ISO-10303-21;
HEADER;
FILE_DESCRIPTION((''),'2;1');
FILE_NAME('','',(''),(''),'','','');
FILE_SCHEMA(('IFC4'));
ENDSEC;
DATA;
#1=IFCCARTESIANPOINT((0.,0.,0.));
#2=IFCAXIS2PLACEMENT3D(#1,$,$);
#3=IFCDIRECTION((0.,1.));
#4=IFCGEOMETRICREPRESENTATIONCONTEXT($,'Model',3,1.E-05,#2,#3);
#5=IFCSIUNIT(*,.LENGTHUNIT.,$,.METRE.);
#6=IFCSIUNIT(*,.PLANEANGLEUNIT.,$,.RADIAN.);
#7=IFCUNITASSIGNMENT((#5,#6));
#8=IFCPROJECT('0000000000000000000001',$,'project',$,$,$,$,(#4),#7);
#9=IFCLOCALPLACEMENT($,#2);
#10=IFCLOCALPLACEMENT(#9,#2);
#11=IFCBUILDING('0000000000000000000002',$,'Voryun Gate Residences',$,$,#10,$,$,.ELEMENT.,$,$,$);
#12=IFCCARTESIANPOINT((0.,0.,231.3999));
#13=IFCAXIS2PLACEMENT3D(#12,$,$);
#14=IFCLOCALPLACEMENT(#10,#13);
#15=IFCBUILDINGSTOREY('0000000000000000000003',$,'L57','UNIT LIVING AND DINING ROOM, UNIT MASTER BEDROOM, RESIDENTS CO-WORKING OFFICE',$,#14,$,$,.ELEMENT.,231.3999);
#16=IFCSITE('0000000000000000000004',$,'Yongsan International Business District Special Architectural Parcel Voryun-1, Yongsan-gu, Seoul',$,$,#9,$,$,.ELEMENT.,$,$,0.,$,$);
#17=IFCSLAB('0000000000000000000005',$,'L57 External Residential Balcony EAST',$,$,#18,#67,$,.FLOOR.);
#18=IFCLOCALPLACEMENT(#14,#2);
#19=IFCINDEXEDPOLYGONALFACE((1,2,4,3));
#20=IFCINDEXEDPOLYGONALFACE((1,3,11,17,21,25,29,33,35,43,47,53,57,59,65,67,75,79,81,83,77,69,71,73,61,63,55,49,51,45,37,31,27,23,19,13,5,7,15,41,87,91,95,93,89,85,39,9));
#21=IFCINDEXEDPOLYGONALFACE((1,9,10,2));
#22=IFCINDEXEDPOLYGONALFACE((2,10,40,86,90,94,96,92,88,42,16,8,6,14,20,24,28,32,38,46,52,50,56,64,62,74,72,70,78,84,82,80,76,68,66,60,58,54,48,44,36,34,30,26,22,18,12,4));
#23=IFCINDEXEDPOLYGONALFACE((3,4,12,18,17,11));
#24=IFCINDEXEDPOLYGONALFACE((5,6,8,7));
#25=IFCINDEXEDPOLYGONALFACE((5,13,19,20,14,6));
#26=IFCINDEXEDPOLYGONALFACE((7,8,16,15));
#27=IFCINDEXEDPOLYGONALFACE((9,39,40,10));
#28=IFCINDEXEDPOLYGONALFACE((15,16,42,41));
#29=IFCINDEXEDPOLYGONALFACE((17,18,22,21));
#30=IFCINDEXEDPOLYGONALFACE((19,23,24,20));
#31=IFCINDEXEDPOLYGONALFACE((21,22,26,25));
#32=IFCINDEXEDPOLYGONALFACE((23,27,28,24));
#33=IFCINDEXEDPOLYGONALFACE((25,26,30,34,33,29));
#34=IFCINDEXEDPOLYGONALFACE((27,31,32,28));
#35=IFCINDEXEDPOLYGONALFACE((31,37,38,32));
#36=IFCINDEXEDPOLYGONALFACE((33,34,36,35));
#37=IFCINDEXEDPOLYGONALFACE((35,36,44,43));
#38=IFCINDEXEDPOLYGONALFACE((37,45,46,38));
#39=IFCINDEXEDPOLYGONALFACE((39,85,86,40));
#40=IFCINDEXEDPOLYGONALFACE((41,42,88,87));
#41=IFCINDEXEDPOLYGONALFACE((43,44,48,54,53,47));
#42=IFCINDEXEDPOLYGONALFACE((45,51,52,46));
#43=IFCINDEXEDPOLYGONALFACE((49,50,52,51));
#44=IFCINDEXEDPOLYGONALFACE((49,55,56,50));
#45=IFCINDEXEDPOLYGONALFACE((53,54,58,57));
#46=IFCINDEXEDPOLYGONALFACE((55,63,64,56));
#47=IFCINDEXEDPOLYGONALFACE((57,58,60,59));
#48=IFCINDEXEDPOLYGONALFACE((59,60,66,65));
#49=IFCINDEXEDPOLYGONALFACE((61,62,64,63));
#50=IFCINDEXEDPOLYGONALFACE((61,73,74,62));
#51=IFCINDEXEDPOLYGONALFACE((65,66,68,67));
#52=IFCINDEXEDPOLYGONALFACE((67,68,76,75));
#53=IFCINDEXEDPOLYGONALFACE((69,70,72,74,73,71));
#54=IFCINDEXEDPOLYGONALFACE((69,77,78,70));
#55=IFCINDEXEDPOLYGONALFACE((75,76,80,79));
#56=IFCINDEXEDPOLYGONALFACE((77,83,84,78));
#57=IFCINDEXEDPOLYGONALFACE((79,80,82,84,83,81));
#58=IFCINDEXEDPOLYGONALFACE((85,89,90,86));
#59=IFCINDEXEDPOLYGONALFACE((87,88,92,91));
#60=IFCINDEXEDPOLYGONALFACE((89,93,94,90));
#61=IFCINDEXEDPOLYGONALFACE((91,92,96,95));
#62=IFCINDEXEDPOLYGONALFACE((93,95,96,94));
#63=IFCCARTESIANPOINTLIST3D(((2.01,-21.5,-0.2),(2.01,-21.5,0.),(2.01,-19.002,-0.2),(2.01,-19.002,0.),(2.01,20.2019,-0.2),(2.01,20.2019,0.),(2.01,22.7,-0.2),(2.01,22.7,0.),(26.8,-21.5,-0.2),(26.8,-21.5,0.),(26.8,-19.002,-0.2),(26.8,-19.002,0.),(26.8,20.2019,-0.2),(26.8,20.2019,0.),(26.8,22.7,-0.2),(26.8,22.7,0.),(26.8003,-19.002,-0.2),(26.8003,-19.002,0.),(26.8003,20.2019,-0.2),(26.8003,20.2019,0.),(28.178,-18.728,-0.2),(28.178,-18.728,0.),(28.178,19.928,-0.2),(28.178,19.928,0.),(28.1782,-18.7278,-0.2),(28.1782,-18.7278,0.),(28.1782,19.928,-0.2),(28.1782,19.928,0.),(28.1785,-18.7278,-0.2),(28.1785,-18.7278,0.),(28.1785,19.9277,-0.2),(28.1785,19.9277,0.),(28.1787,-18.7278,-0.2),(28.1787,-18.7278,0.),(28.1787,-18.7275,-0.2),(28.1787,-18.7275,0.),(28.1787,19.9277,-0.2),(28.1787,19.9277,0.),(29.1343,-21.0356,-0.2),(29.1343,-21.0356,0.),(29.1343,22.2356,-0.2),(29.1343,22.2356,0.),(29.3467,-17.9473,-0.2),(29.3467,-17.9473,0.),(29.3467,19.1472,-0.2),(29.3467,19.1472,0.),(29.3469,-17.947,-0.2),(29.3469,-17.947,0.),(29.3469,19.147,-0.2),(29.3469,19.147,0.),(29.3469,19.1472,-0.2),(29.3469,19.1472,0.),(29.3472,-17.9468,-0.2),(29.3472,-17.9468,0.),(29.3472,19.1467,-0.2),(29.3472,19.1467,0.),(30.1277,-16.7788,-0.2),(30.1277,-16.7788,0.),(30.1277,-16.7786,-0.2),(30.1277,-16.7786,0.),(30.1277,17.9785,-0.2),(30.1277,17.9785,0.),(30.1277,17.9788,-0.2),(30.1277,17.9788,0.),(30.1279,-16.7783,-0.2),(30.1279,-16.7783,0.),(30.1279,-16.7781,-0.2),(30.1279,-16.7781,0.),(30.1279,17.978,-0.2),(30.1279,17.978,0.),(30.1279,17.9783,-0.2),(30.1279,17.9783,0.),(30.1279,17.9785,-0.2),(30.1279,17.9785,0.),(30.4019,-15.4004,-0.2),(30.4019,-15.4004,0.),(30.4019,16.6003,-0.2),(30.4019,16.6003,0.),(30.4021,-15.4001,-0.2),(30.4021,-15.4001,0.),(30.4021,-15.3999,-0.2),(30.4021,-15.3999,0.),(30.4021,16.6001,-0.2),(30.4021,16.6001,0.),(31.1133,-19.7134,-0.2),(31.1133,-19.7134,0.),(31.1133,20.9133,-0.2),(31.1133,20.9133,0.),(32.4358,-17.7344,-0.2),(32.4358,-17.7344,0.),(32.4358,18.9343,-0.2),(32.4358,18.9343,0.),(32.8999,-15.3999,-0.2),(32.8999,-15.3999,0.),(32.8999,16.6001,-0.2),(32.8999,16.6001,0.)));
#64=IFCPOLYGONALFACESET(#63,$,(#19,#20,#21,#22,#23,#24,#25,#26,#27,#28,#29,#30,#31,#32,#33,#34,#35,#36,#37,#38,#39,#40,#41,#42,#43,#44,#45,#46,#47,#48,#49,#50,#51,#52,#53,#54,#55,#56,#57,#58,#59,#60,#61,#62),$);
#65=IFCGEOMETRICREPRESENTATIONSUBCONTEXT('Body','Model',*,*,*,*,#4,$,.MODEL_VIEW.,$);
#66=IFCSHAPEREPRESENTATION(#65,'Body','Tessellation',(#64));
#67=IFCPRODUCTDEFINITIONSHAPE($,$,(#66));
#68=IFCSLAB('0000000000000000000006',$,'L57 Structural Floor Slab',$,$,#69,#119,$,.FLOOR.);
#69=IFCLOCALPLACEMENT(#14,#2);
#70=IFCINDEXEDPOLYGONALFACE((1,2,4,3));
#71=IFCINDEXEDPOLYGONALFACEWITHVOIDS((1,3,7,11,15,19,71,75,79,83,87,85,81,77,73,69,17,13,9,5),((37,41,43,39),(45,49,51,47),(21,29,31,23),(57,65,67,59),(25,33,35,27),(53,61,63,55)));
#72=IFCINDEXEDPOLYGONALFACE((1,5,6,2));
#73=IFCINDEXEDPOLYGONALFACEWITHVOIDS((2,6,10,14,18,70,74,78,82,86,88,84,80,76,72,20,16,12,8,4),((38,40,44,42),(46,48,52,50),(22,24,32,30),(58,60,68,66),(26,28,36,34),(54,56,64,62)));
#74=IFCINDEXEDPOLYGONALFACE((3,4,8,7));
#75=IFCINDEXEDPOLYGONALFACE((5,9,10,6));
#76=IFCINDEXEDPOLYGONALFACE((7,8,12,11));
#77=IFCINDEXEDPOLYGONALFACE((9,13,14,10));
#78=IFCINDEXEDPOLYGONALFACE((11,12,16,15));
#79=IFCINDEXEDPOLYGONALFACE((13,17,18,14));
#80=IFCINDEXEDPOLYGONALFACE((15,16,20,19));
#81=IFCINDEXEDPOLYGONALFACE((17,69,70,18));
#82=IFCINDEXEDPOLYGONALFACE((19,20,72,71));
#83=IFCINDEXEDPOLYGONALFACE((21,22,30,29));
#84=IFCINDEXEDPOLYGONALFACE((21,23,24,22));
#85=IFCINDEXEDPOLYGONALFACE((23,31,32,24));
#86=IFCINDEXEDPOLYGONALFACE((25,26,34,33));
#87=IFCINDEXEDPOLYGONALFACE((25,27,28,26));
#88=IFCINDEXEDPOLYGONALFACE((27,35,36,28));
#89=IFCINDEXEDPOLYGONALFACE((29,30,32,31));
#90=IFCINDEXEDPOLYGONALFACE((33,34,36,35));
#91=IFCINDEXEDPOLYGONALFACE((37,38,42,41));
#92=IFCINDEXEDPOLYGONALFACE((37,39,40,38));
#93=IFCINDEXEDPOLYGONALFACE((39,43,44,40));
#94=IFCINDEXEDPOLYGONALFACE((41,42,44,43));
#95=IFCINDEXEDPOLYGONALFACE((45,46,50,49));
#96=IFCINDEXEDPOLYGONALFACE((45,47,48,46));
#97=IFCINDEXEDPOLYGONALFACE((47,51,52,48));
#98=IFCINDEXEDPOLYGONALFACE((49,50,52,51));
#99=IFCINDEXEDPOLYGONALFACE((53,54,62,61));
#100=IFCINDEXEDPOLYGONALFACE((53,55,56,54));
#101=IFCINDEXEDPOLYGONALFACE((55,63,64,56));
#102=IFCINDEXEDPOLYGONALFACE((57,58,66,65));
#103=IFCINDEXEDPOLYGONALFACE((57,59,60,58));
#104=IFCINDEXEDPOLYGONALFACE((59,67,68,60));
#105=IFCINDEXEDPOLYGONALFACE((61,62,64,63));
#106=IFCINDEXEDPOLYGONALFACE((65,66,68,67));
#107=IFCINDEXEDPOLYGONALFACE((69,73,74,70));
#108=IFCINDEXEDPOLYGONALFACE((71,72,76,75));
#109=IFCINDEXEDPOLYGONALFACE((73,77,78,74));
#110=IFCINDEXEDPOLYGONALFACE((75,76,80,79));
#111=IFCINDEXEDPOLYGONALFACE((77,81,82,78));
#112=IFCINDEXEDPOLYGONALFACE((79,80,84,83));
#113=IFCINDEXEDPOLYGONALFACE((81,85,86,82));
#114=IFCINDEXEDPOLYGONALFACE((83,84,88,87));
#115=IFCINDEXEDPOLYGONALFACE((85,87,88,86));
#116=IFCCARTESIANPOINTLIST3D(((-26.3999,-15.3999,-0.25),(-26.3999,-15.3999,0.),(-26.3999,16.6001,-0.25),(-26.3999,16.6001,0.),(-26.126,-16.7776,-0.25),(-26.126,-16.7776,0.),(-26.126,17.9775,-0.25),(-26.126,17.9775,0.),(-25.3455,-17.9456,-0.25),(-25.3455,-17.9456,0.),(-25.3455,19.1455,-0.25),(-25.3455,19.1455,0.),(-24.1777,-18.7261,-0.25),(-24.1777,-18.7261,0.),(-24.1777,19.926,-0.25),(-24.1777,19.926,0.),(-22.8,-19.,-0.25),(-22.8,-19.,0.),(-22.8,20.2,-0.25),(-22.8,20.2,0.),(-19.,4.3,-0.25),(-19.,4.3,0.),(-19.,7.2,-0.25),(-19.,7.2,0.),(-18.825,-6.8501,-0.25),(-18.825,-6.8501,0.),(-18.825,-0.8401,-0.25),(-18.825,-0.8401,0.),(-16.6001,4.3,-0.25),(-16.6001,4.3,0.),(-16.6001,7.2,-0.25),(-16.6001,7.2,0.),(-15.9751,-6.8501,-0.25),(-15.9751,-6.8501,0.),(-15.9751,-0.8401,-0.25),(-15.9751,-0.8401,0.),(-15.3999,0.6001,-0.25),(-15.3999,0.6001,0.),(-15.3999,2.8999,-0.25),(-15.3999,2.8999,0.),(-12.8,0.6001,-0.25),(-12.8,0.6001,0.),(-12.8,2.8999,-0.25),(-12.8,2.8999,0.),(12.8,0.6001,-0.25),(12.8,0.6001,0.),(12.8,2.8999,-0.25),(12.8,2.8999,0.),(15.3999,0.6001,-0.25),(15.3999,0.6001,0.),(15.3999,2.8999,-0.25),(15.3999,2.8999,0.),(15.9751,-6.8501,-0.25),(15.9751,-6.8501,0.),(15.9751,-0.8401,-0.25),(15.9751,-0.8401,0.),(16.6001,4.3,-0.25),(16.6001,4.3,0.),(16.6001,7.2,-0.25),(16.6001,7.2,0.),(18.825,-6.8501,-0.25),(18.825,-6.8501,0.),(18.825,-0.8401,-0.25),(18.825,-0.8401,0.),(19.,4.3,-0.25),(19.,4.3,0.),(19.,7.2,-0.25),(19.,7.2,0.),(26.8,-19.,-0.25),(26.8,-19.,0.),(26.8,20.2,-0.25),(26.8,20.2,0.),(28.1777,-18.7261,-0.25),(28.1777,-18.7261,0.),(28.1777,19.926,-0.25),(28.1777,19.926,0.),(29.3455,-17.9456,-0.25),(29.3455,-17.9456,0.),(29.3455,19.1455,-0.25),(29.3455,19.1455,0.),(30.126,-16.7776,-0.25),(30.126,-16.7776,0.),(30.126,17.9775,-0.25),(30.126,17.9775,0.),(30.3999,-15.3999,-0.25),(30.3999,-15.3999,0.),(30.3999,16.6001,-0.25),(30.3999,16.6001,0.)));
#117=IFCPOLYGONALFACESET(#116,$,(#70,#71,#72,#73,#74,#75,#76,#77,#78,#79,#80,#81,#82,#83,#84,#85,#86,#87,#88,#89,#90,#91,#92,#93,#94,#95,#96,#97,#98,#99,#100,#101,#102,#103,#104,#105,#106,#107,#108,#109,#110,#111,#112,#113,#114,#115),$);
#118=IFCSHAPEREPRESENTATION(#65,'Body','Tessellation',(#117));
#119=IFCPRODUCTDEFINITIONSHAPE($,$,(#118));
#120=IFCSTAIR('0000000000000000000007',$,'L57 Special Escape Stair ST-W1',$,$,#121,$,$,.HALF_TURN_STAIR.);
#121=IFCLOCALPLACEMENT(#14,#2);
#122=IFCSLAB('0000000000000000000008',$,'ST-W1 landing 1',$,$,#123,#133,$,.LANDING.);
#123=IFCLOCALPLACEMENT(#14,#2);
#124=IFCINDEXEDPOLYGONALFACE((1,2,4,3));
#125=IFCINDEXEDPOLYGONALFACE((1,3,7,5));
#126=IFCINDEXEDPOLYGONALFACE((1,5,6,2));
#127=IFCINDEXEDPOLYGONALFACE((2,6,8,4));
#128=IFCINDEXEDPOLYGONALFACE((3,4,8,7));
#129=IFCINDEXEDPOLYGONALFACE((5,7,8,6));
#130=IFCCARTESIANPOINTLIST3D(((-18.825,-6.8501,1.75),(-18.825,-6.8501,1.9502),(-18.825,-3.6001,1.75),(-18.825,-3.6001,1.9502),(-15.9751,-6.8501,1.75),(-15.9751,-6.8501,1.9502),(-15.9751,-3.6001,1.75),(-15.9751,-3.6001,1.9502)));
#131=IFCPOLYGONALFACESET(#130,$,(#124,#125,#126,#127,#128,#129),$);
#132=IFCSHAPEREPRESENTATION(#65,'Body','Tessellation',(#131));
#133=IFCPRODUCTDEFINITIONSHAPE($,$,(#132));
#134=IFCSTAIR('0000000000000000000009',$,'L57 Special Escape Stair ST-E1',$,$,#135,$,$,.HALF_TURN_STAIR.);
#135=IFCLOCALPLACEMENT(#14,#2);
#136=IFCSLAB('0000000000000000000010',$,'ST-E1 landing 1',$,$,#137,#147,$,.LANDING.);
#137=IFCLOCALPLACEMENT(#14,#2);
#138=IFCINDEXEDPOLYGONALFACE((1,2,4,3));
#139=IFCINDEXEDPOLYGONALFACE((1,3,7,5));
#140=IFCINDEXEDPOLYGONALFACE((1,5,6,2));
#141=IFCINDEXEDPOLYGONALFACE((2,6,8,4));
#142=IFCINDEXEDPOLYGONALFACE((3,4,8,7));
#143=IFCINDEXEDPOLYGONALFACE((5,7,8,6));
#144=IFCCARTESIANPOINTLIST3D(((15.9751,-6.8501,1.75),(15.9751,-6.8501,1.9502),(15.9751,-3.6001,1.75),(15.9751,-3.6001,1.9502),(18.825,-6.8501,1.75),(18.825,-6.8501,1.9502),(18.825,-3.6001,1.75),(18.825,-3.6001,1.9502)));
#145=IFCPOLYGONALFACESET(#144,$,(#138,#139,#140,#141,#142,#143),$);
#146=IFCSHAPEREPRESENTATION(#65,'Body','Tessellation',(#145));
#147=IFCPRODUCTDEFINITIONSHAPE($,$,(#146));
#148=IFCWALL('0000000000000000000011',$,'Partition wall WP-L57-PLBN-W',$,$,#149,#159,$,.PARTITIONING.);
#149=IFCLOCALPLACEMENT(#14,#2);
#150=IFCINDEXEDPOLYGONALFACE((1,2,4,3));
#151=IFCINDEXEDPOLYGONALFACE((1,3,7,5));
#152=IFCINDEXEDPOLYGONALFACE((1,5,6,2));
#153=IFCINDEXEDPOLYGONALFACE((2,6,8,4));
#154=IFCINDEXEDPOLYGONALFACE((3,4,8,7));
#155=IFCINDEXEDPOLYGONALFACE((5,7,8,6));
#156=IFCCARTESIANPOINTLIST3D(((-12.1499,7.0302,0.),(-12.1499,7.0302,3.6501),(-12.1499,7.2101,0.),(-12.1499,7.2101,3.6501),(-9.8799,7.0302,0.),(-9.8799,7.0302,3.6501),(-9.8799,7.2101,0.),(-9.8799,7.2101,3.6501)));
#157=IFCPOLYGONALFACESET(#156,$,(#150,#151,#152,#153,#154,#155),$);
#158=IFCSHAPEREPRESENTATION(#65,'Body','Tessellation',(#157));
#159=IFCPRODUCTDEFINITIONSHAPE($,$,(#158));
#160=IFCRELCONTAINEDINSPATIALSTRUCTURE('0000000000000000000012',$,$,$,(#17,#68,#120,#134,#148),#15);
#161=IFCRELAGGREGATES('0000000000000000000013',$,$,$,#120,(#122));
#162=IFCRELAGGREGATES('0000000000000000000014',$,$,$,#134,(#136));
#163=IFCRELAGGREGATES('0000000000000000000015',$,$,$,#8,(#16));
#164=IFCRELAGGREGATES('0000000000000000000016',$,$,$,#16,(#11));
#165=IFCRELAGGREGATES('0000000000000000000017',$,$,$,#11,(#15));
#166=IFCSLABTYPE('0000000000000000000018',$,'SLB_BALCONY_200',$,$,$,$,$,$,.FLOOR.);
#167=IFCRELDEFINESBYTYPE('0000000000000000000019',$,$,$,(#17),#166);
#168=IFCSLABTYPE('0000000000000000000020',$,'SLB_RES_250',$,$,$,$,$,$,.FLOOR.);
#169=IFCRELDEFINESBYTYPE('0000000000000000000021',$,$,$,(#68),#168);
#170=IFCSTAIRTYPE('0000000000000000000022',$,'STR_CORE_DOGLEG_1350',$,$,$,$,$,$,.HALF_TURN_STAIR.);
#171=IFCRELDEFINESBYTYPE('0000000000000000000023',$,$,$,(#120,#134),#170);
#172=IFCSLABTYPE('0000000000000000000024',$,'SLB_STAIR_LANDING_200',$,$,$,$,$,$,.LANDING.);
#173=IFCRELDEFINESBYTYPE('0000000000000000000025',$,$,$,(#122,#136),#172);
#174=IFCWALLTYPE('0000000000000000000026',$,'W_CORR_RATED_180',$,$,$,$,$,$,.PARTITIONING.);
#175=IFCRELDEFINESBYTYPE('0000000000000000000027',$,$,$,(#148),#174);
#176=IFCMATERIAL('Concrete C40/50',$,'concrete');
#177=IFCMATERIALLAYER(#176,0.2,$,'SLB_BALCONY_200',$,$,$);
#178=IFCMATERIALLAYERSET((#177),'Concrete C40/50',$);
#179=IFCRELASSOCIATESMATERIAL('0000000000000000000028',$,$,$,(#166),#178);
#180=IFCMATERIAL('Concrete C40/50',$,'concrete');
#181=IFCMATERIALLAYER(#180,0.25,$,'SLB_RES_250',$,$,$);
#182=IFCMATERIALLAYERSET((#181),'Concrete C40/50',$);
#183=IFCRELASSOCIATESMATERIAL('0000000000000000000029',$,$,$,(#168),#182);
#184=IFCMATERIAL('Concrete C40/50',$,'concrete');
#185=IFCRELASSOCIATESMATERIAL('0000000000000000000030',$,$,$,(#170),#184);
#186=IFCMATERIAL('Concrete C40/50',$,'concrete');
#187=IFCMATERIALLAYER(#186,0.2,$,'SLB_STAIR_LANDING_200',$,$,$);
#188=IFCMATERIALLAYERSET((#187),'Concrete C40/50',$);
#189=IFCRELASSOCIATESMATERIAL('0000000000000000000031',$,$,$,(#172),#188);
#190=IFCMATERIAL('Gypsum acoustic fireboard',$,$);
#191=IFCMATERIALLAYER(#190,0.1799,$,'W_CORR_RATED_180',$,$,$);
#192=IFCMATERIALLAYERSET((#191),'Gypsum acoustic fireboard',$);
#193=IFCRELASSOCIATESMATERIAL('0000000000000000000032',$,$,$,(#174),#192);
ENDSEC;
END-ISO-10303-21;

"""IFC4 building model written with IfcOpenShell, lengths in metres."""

from ifc_helpers import new_model, si_unit, direction, frame, frame_2d, origin, place, context, subcontext, project, spatial, polyline, rectangle, outline, extrude, material, layer, layer_set, type_object, element, aggregate, save


model = new_model("IFC4")

# Units and contexts
model_context = context("Model", 3, precision=1e-05, world=origin(), true_north=direction((0.0, 1.0)))
body_context = subcontext(model_context, "Body", "Model", "MODEL_VIEW")
ifc_project = project(units=[si_unit("LENGTHUNIT", "METRE"), si_unit("PLANEANGLEUNIT", "RADIAN")], contexts=[model_context])

# Site, building, storey
site_placement = place(None, origin())
site = spatial("IfcSite", under=ifc_project, at=site_placement, Name="Yongsan International Business District Special Architectural Parcel Voryun-1, Yongsan-gu, Seoul", CompositionType="ELEMENT", RefElevation=0.0)
building_placement = place(site_placement, origin())
building = spatial("IfcBuilding", under=site, at=building_placement, Name="Voryun Gate Residences", CompositionType="ELEMENT")
storey_placement = place(building_placement, frame((0.0, 0.0, 231.3999)))
storey = spatial("IfcBuildingStorey", under=building, at=storey_placement, Name="L57", Description="UNIT LIVING AND DINING ROOM, UNIT MASTER BEDROOM, RESIDENTS CO-WORKING OFFICE", CompositionType="ELEMENT", Elevation=231.3999)

# Slabs
ifc_material_1 = material(Name="Concrete C40/50", Category="concrete")
ifc_layer_1 = layer(ifc_material_1, 0.2, Name="SLB_BALCONY_200")
ifc_layer_set_1 = layer_set([ifc_layer_1], Name="Concrete C40/50")
slab_type_1 = type_object("IfcSlabType", Name="SLB_BALCONY_200", PredefinedType="FLOOR", material=ifc_layer_set_1)
slab_1_placement = place(storey_placement, frame((0.0, 0.0, -0.2)))
element("IfcSlab", 1, at=slab_1_placement, inside=storey, type_object=slab_type_1, Name="L57 External Residential Balcony EAST", PredefinedType="FLOOR", context=body_context, shape_type="SweptSolid", body=[
    extrude(outline(polyline([(26.8, 22.7), (29.1343, 22.2356), (31.1133, 20.9133), (32.4358, 18.9343), (32.8999, 16.6001), (32.8999, -15.3999), (32.4358, -17.7344), (31.1133, -19.7134), (29.1343, -21.0356), (26.8, -21.5), (2.01, -21.5), (2.01, -19.002), (26.8, -19.002), (26.8003, -19.002), (26.8003, -19.002), (28.178, -18.728), (28.1782, -18.7278), (28.1785, -18.7278), (28.1787, -18.7278), (28.1787, -18.7275), (29.3467, -17.9473), (29.3469, -17.947), (29.3469, -17.947), (29.3472, -17.9468), (29.3472, -17.9468), (30.1277, -16.7788), (30.1277, -16.7786), (30.1279, -16.7783), (30.1279, -16.7783), (30.1279, -16.7781), (30.4019, -15.4004), (30.4021, -15.4001), (30.4021, -15.3999), (30.4021, 16.6001), (30.4021, 16.6001), (30.4019, 16.6003), (30.1279, 17.978), (30.1279, 17.9783), (30.1279, 17.9785), (30.1277, 17.9785), (30.1277, 17.9788), (29.3472, 19.1467), (29.3472, 19.1467), (29.3469, 19.147), (29.3469, 19.1472), (29.3467, 19.1472), (28.1787, 19.9277), (28.1787, 19.9277), (28.1785, 19.9277), (28.1782, 19.928), (28.178, 19.928), (26.8003, 20.2019), (26.8003, 20.2019), (26.8, 20.2019), (2.01, 20.2019), (2.01, 22.7), (26.8, 22.7)])), origin(), (0.0, 0.0, 1.0), 0.2),
])
ifc_material_2 = material(Name="Concrete C40/50", Category="concrete")
ifc_layer_2 = layer(ifc_material_2, 0.25, Name="SLB_RES_250")
ifc_layer_set_2 = layer_set([ifc_layer_2], Name="Concrete C40/50")
slab_type_2 = type_object("IfcSlabType", Name="SLB_RES_250", PredefinedType="FLOOR", material=ifc_layer_set_2)
slab_2_placement = place(storey_placement, frame((0.0, 0.0, -0.25)))
element("IfcSlab", 2, at=slab_2_placement, inside=storey, type_object=slab_type_2, Name="L57 Structural Floor Slab", PredefinedType="FLOOR", context=body_context, shape_type="SweptSolid", body=[
    extrude(outline(polyline([(-22.8, -19.0), (-24.1777, -18.7261), (-25.3455, -17.9456), (-26.126, -16.7776), (-26.3999, -15.3999), (-26.3999, 16.6001), (-26.126, 17.9775), (-25.3455, 19.1455), (-24.1777, 19.926), (-22.8, 20.2), (26.8, 20.2), (28.1777, 19.926), (29.3455, 19.1455), (30.126, 17.9775), (30.3999, 16.6001), (30.3999, -15.3999), (30.126, -16.7776), (29.3455, -17.9456), (28.1777, -18.7261), (26.8, -19.0), (-22.8, -19.0)]), holes=[polyline([(-15.9751, -0.8401), (-18.825, -0.8401), (-18.825, -6.8501), (-15.9751, -6.8501), (-15.9751, -0.8401)]), polyline([(18.825, -6.8501), (18.825, -0.8401), (15.9751, -0.8401), (15.9751, -6.8501), (18.825, -6.8501)]), polyline([(-12.8, 2.8999), (-15.3999, 2.8999), (-15.3999, 0.6001), (-12.8, 0.6001), (-12.8, 2.8999)]), polyline([(12.8, 2.8999), (12.8, 0.6001), (15.3999, 0.6001), (15.3999, 2.8999), (12.8, 2.8999)]), polyline([(-16.6001, 7.2), (-19.0, 7.2), (-19.0, 4.3), (-16.6001, 4.3), (-16.6001, 7.2)]), polyline([(19.0, 7.2), (16.6001, 7.2), (16.6001, 4.3), (19.0, 4.3), (19.0, 7.2)])]), origin(), (0.0, 0.0, 1.0), 0.25),
])

# Stairs, slabs
ifc_material_3 = material(Name="Concrete C40/50", Category="concrete")
stair_type = type_object("IfcStairType", Name="STR_CORE_DOGLEG_1350", PredefinedType="HALF_TURN_STAIR", material=ifc_material_3)
stair_1_placement = place(storey_placement, origin())
stair_1 = element("IfcStair", 3, at=stair_1_placement, inside=storey, type_object=stair_type, Name="L57 Special Escape Stair ST-W1", PredefinedType="HALF_TURN_STAIR")
ifc_material_4 = material(Name="Concrete C40/50", Category="concrete")
ifc_layer_3 = layer(ifc_material_4, 0.2, Name="SLB_STAIR_LANDING_200")
ifc_layer_set_3 = layer_set([ifc_layer_3], Name="Concrete C40/50")
slab_type_3 = type_object("IfcSlabType", Name="SLB_STAIR_LANDING_200", PredefinedType="LANDING", material=ifc_layer_set_3)
slab_3_placement = place(storey_placement, frame((0.0, 0.0, 1.75)))
slab_3 = element("IfcSlab", 4, at=slab_3_placement, type_object=slab_type_3, Name="ST-W1 landing 1", PredefinedType="LANDING", context=body_context, shape_type="SweptSolid", body=[
    extrude(outline(polyline([(-18.825, -3.6001), (-18.825, -6.8501), (-15.9751, -6.8501), (-15.9751, -3.6001), (-18.825, -3.6001)])), origin(), (0.0, 0.0, 1.0), 0.2002),
])
aggregate(stair_1, [slab_3])
stair_2_placement = place(storey_placement, origin())
stair_2 = element("IfcStair", 5, at=stair_2_placement, inside=storey, type_object=stair_type, Name="L57 Special Escape Stair ST-E1", PredefinedType="HALF_TURN_STAIR")
slab_4_placement = place(storey_placement, frame((0.0, 0.0, 1.75)))
slab_4 = element("IfcSlab", 6, at=slab_4_placement, type_object=slab_type_3, Name="ST-E1 landing 1", PredefinedType="LANDING", context=body_context, shape_type="SweptSolid", body=[
    extrude(outline(polyline([(15.9751, -3.6001), (15.9751, -6.8501), (18.825, -6.8501), (18.825, -3.6001), (15.9751, -3.6001)])), origin(), (0.0, 0.0, 1.0), 0.2002),
])
aggregate(stair_2, [slab_4])

# Wall
ifc_material_5 = material(Name="Gypsum acoustic fireboard")
ifc_layer_4 = layer(ifc_material_5, 0.1799, Name="W_CORR_RATED_180")
ifc_layer_set_4 = layer_set([ifc_layer_4], Name="Gypsum acoustic fireboard")
wall_type_1 = type_object("IfcWallType", Name="W_CORR_RATED_180", PredefinedType="PARTITIONING", material=ifc_layer_set_4)
wall_1_placement = place(storey_placement, frame((-12.1499, 7.1201, 0.0), z_axis=(0.0, 0.0, 1.0), x_axis=(1.0, 0.0, 0.0)))
element("IfcWall", 7, at=wall_1_placement, inside=storey, type_object=wall_type_1, Name="Partition wall WP-L57-PLBN-W", PredefinedType="PARTITIONING", context=body_context, shape_type="SweptSolid", body=[
    extrude(rectangle(XDim=2.27, YDim=0.1799, at=frame_2d((1.135, 0.0))), origin(), (0.0, 0.0, 1.0), 3.6501),
])

save(model, "model.ifc")
